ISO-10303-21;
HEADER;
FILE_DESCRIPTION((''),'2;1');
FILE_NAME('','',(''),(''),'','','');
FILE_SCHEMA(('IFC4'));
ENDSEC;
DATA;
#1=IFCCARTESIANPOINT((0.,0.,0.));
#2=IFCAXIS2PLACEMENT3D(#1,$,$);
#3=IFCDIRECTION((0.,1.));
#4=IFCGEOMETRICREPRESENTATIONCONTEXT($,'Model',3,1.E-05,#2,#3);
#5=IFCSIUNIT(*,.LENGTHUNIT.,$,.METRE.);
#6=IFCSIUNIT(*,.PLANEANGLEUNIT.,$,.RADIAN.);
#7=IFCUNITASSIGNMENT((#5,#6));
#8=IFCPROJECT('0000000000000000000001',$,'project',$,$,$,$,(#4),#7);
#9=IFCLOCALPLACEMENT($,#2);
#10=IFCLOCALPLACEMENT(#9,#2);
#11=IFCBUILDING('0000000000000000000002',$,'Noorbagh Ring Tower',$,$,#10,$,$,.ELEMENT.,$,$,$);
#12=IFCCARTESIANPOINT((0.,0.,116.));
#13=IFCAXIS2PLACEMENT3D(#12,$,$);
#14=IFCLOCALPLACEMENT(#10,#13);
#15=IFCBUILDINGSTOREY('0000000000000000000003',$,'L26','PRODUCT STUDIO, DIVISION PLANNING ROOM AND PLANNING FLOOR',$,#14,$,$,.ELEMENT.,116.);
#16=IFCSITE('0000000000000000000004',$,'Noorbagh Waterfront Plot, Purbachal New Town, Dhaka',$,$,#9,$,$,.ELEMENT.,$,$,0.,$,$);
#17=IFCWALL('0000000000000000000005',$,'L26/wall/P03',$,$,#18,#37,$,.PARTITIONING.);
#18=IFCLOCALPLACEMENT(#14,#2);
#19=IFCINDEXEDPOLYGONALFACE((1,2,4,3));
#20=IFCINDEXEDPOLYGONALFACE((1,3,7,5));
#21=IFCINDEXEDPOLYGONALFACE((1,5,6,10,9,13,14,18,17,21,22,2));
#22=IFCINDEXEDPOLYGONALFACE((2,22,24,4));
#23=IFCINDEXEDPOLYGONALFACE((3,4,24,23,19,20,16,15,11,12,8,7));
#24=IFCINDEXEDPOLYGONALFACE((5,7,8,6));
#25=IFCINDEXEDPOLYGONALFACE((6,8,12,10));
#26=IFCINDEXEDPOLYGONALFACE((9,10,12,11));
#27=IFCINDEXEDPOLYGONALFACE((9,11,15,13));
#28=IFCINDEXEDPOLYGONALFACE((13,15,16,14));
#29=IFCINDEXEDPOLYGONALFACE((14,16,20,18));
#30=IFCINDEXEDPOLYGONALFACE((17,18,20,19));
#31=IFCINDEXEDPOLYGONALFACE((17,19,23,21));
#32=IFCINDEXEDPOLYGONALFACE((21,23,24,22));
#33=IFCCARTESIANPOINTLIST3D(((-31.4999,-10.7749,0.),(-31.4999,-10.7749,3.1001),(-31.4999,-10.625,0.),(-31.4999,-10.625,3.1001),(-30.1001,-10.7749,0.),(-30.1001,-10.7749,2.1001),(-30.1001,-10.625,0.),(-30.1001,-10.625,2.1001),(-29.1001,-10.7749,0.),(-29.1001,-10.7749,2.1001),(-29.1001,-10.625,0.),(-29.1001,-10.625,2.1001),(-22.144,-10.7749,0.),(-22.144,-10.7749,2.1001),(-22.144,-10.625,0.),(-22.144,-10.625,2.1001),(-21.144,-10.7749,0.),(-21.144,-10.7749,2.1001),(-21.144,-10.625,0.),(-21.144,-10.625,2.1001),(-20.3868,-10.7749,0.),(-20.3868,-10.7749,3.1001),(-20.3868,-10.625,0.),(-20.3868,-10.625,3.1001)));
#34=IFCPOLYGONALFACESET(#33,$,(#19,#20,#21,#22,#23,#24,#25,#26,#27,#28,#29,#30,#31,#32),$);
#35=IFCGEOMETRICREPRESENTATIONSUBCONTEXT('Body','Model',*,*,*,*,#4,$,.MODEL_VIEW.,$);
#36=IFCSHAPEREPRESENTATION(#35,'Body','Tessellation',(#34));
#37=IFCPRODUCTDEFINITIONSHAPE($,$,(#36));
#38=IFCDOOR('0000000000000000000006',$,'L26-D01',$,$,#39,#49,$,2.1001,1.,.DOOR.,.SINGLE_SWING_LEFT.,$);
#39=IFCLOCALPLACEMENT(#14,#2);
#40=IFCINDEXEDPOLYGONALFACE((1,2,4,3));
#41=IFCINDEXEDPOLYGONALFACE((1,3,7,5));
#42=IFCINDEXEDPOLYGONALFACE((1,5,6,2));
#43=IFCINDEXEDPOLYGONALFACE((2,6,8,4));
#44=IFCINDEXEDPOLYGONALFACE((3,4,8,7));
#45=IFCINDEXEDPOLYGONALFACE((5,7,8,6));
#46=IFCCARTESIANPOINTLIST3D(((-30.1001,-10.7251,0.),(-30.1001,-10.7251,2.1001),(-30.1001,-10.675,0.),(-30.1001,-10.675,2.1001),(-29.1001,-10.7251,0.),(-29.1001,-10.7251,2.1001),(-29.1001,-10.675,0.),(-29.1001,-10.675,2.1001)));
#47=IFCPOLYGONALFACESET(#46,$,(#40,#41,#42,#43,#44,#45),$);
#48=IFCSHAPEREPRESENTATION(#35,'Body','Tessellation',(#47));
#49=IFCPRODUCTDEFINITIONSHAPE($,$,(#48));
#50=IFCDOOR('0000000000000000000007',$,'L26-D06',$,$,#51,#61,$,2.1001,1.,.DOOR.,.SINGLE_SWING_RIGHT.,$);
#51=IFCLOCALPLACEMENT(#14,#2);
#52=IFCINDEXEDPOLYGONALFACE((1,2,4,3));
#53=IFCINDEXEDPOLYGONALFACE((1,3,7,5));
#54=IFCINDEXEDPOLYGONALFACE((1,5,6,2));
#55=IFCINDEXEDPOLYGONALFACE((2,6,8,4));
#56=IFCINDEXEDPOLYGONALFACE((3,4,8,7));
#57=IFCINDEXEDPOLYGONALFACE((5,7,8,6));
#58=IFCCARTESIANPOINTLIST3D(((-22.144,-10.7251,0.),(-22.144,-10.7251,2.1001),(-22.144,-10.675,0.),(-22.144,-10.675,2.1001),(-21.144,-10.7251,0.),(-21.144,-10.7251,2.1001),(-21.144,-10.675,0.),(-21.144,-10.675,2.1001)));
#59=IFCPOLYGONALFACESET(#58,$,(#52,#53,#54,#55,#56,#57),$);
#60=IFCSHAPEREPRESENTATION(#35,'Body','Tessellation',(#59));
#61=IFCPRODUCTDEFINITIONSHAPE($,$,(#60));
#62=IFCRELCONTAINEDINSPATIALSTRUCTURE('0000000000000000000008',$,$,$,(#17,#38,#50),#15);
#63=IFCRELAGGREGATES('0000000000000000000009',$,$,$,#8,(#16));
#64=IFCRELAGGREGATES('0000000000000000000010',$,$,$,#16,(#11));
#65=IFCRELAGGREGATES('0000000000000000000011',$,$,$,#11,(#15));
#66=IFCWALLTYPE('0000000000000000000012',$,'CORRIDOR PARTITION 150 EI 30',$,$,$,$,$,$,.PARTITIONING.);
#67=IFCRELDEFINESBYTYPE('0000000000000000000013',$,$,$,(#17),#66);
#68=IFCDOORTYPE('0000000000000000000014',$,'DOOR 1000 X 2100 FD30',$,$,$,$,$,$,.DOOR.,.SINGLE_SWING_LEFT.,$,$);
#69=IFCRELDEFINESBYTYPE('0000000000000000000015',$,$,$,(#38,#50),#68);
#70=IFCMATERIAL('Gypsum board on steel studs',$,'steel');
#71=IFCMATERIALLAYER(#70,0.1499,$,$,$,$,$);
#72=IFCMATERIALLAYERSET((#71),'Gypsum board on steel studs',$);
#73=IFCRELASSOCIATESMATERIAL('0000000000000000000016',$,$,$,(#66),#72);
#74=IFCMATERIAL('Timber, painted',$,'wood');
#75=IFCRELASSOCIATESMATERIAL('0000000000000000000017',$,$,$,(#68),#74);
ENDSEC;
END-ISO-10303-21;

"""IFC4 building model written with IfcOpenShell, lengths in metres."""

from ifc_helpers import new_model, si_unit, direction, frame, frame_2d, origin, place, context, subcontext, project, spatial, rectangle, extrude, material, layer, layer_set, type_object, element, fill, save


model = new_model("IFC4")

# Units and contexts
model_context = context("Model", 3, precision=1e-05, world=origin(), true_north=direction((0.0, 1.0)))
body_context = subcontext(model_context, "Body", "Model", "MODEL_VIEW")
ifc_project = project(units=[si_unit("LENGTHUNIT", "METRE"), si_unit("PLANEANGLEUNIT", "RADIAN")], contexts=[model_context])

# Site, building, storey
site_placement = place(None, origin())
site = spatial("IfcSite", under=ifc_project, at=site_placement, Name="Noorbagh Waterfront Plot, Purbachal New Town, Dhaka", CompositionType="ELEMENT", RefElevation=0.0)
building_placement = place(site_placement, origin())
building = spatial("IfcBuilding", under=site, at=building_placement, Name="Noorbagh Ring Tower", CompositionType="ELEMENT")
storey_placement = place(building_placement, frame((0.0, 0.0, 116.0)))
storey = spatial("IfcBuildingStorey", under=building, at=storey_placement, Name="L26", Description="PRODUCT STUDIO, DIVISION PLANNING ROOM AND PLANNING FLOOR", CompositionType="ELEMENT", Elevation=116.0)

# Shared definitions
ifc_material_1 = material(Name="Gypsum board on steel studs", Category="steel")
ifc_layer_1 = layer(ifc_material_1, 0.1499)
ifc_layer_set_1 = layer_set([ifc_layer_1], Name="Gypsum board on steel studs")
wall_type_1 = type_object("IfcWallType", Name="CORRIDOR PARTITION 150 EI 30", PredefinedType="PARTITIONING", material=ifc_layer_set_1)

# Wall, openings, doors
wall_1_placement = place(storey_placement, frame((-31.5, -10.7, 0.0), z_axis=(0.0, 0.0, 1.0), x_axis=(1.0, 0.0, 0.0)))
wall_1 = element("IfcWall", 1, at=wall_1_placement, inside=storey, type_object=wall_type_1, Name="L26/wall/P03", PredefinedType="PARTITIONING", context=body_context, shape_type="SweptSolid", body=[
    extrude(rectangle(XDim=11.113, YDim=0.1499, at=frame_2d((5.5566, 0.0))), origin(), (0.0, 0.0, 1.0), 3.1001),
])
opening_1_placement = place(wall_1_placement, frame((1.3999, 0.0, 0.0)))
opening_1 = element("IfcOpeningElement", 2, at=opening_1_placement, cuts=wall_1, PredefinedType="OPENING", context=body_context, shape_type="SweptSolid", body=[
    extrude(rectangle(XDim=1.0, YDim=2.1001, at=frame_2d((0.5, 1.05))), frame((0.0, 0.085, 0.0), z_axis=(0.0, -1.0, 0.0), x_axis=(1.0, 0.0, 0.0)), (0.0, 0.0, 1.0), 0.1699),
])
opening_2_placement = place(wall_1_placement, frame((9.356, 0.0, 0.0)))
opening_2 = element("IfcOpeningElement", 3, at=opening_2_placement, cuts=wall_1, PredefinedType="OPENING", context=body_context, shape_type="SweptSolid", body=[
    extrude(rectangle(XDim=1.0, YDim=2.1001, at=frame_2d((0.5, 1.05))), frame((0.0, 0.085, 0.0), z_axis=(0.0, -1.0, 0.0), x_axis=(1.0, 0.0, 0.0)), (0.0, 0.0, 1.0), 0.1699),
])
ifc_material_2 = material(Name="Timber, painted", Category="wood")
door_type = type_object("IfcDoorType", Name="DOOR 1000 X 2100 FD30", OperationType="SINGLE_SWING_LEFT", PredefinedType="DOOR", material=ifc_material_2)
door_1_placement = place(opening_1_placement, origin())
door_1 = element("IfcDoor", 4, at=door_1_placement, inside=storey, type_object=door_type, Name="L26-D01", OperationType="SINGLE_SWING_LEFT", OverallHeight=2.1001, OverallWidth=1.0, PredefinedType="DOOR", context=body_context, shape_type="SweptSolid", body=[
    extrude(rectangle(XDim=1.0, YDim=2.1001, at=frame_2d((0.5, 1.05))), frame((0.0, 0.0249, 0.0), z_axis=(0.0, -1.0, 0.0), x_axis=(1.0, 0.0, 0.0)), (0.0, 0.0, 1.0), 0.05),
])
fill(opening_1, door_1)
door_2_placement = place(opening_2_placement, origin())
door_2 = element("IfcDoor", 5, at=door_2_placement, inside=storey, type_object=door_type, Name="L26-D06", OperationType="SINGLE_SWING_RIGHT", OverallHeight=2.1001, OverallWidth=1.0, PredefinedType="DOOR", context=body_context, shape_type="SweptSolid", body=[
    extrude(rectangle(XDim=1.0, YDim=2.1001, at=frame_2d((0.5, 1.05))), frame((0.0, 0.0249, 0.0), z_axis=(0.0, -1.0, 0.0), x_axis=(1.0, 0.0, 0.0)), (0.0, 0.0, 1.0), 0.05),
])
fill(opening_2, door_2)

save(model, "model.ifc")
